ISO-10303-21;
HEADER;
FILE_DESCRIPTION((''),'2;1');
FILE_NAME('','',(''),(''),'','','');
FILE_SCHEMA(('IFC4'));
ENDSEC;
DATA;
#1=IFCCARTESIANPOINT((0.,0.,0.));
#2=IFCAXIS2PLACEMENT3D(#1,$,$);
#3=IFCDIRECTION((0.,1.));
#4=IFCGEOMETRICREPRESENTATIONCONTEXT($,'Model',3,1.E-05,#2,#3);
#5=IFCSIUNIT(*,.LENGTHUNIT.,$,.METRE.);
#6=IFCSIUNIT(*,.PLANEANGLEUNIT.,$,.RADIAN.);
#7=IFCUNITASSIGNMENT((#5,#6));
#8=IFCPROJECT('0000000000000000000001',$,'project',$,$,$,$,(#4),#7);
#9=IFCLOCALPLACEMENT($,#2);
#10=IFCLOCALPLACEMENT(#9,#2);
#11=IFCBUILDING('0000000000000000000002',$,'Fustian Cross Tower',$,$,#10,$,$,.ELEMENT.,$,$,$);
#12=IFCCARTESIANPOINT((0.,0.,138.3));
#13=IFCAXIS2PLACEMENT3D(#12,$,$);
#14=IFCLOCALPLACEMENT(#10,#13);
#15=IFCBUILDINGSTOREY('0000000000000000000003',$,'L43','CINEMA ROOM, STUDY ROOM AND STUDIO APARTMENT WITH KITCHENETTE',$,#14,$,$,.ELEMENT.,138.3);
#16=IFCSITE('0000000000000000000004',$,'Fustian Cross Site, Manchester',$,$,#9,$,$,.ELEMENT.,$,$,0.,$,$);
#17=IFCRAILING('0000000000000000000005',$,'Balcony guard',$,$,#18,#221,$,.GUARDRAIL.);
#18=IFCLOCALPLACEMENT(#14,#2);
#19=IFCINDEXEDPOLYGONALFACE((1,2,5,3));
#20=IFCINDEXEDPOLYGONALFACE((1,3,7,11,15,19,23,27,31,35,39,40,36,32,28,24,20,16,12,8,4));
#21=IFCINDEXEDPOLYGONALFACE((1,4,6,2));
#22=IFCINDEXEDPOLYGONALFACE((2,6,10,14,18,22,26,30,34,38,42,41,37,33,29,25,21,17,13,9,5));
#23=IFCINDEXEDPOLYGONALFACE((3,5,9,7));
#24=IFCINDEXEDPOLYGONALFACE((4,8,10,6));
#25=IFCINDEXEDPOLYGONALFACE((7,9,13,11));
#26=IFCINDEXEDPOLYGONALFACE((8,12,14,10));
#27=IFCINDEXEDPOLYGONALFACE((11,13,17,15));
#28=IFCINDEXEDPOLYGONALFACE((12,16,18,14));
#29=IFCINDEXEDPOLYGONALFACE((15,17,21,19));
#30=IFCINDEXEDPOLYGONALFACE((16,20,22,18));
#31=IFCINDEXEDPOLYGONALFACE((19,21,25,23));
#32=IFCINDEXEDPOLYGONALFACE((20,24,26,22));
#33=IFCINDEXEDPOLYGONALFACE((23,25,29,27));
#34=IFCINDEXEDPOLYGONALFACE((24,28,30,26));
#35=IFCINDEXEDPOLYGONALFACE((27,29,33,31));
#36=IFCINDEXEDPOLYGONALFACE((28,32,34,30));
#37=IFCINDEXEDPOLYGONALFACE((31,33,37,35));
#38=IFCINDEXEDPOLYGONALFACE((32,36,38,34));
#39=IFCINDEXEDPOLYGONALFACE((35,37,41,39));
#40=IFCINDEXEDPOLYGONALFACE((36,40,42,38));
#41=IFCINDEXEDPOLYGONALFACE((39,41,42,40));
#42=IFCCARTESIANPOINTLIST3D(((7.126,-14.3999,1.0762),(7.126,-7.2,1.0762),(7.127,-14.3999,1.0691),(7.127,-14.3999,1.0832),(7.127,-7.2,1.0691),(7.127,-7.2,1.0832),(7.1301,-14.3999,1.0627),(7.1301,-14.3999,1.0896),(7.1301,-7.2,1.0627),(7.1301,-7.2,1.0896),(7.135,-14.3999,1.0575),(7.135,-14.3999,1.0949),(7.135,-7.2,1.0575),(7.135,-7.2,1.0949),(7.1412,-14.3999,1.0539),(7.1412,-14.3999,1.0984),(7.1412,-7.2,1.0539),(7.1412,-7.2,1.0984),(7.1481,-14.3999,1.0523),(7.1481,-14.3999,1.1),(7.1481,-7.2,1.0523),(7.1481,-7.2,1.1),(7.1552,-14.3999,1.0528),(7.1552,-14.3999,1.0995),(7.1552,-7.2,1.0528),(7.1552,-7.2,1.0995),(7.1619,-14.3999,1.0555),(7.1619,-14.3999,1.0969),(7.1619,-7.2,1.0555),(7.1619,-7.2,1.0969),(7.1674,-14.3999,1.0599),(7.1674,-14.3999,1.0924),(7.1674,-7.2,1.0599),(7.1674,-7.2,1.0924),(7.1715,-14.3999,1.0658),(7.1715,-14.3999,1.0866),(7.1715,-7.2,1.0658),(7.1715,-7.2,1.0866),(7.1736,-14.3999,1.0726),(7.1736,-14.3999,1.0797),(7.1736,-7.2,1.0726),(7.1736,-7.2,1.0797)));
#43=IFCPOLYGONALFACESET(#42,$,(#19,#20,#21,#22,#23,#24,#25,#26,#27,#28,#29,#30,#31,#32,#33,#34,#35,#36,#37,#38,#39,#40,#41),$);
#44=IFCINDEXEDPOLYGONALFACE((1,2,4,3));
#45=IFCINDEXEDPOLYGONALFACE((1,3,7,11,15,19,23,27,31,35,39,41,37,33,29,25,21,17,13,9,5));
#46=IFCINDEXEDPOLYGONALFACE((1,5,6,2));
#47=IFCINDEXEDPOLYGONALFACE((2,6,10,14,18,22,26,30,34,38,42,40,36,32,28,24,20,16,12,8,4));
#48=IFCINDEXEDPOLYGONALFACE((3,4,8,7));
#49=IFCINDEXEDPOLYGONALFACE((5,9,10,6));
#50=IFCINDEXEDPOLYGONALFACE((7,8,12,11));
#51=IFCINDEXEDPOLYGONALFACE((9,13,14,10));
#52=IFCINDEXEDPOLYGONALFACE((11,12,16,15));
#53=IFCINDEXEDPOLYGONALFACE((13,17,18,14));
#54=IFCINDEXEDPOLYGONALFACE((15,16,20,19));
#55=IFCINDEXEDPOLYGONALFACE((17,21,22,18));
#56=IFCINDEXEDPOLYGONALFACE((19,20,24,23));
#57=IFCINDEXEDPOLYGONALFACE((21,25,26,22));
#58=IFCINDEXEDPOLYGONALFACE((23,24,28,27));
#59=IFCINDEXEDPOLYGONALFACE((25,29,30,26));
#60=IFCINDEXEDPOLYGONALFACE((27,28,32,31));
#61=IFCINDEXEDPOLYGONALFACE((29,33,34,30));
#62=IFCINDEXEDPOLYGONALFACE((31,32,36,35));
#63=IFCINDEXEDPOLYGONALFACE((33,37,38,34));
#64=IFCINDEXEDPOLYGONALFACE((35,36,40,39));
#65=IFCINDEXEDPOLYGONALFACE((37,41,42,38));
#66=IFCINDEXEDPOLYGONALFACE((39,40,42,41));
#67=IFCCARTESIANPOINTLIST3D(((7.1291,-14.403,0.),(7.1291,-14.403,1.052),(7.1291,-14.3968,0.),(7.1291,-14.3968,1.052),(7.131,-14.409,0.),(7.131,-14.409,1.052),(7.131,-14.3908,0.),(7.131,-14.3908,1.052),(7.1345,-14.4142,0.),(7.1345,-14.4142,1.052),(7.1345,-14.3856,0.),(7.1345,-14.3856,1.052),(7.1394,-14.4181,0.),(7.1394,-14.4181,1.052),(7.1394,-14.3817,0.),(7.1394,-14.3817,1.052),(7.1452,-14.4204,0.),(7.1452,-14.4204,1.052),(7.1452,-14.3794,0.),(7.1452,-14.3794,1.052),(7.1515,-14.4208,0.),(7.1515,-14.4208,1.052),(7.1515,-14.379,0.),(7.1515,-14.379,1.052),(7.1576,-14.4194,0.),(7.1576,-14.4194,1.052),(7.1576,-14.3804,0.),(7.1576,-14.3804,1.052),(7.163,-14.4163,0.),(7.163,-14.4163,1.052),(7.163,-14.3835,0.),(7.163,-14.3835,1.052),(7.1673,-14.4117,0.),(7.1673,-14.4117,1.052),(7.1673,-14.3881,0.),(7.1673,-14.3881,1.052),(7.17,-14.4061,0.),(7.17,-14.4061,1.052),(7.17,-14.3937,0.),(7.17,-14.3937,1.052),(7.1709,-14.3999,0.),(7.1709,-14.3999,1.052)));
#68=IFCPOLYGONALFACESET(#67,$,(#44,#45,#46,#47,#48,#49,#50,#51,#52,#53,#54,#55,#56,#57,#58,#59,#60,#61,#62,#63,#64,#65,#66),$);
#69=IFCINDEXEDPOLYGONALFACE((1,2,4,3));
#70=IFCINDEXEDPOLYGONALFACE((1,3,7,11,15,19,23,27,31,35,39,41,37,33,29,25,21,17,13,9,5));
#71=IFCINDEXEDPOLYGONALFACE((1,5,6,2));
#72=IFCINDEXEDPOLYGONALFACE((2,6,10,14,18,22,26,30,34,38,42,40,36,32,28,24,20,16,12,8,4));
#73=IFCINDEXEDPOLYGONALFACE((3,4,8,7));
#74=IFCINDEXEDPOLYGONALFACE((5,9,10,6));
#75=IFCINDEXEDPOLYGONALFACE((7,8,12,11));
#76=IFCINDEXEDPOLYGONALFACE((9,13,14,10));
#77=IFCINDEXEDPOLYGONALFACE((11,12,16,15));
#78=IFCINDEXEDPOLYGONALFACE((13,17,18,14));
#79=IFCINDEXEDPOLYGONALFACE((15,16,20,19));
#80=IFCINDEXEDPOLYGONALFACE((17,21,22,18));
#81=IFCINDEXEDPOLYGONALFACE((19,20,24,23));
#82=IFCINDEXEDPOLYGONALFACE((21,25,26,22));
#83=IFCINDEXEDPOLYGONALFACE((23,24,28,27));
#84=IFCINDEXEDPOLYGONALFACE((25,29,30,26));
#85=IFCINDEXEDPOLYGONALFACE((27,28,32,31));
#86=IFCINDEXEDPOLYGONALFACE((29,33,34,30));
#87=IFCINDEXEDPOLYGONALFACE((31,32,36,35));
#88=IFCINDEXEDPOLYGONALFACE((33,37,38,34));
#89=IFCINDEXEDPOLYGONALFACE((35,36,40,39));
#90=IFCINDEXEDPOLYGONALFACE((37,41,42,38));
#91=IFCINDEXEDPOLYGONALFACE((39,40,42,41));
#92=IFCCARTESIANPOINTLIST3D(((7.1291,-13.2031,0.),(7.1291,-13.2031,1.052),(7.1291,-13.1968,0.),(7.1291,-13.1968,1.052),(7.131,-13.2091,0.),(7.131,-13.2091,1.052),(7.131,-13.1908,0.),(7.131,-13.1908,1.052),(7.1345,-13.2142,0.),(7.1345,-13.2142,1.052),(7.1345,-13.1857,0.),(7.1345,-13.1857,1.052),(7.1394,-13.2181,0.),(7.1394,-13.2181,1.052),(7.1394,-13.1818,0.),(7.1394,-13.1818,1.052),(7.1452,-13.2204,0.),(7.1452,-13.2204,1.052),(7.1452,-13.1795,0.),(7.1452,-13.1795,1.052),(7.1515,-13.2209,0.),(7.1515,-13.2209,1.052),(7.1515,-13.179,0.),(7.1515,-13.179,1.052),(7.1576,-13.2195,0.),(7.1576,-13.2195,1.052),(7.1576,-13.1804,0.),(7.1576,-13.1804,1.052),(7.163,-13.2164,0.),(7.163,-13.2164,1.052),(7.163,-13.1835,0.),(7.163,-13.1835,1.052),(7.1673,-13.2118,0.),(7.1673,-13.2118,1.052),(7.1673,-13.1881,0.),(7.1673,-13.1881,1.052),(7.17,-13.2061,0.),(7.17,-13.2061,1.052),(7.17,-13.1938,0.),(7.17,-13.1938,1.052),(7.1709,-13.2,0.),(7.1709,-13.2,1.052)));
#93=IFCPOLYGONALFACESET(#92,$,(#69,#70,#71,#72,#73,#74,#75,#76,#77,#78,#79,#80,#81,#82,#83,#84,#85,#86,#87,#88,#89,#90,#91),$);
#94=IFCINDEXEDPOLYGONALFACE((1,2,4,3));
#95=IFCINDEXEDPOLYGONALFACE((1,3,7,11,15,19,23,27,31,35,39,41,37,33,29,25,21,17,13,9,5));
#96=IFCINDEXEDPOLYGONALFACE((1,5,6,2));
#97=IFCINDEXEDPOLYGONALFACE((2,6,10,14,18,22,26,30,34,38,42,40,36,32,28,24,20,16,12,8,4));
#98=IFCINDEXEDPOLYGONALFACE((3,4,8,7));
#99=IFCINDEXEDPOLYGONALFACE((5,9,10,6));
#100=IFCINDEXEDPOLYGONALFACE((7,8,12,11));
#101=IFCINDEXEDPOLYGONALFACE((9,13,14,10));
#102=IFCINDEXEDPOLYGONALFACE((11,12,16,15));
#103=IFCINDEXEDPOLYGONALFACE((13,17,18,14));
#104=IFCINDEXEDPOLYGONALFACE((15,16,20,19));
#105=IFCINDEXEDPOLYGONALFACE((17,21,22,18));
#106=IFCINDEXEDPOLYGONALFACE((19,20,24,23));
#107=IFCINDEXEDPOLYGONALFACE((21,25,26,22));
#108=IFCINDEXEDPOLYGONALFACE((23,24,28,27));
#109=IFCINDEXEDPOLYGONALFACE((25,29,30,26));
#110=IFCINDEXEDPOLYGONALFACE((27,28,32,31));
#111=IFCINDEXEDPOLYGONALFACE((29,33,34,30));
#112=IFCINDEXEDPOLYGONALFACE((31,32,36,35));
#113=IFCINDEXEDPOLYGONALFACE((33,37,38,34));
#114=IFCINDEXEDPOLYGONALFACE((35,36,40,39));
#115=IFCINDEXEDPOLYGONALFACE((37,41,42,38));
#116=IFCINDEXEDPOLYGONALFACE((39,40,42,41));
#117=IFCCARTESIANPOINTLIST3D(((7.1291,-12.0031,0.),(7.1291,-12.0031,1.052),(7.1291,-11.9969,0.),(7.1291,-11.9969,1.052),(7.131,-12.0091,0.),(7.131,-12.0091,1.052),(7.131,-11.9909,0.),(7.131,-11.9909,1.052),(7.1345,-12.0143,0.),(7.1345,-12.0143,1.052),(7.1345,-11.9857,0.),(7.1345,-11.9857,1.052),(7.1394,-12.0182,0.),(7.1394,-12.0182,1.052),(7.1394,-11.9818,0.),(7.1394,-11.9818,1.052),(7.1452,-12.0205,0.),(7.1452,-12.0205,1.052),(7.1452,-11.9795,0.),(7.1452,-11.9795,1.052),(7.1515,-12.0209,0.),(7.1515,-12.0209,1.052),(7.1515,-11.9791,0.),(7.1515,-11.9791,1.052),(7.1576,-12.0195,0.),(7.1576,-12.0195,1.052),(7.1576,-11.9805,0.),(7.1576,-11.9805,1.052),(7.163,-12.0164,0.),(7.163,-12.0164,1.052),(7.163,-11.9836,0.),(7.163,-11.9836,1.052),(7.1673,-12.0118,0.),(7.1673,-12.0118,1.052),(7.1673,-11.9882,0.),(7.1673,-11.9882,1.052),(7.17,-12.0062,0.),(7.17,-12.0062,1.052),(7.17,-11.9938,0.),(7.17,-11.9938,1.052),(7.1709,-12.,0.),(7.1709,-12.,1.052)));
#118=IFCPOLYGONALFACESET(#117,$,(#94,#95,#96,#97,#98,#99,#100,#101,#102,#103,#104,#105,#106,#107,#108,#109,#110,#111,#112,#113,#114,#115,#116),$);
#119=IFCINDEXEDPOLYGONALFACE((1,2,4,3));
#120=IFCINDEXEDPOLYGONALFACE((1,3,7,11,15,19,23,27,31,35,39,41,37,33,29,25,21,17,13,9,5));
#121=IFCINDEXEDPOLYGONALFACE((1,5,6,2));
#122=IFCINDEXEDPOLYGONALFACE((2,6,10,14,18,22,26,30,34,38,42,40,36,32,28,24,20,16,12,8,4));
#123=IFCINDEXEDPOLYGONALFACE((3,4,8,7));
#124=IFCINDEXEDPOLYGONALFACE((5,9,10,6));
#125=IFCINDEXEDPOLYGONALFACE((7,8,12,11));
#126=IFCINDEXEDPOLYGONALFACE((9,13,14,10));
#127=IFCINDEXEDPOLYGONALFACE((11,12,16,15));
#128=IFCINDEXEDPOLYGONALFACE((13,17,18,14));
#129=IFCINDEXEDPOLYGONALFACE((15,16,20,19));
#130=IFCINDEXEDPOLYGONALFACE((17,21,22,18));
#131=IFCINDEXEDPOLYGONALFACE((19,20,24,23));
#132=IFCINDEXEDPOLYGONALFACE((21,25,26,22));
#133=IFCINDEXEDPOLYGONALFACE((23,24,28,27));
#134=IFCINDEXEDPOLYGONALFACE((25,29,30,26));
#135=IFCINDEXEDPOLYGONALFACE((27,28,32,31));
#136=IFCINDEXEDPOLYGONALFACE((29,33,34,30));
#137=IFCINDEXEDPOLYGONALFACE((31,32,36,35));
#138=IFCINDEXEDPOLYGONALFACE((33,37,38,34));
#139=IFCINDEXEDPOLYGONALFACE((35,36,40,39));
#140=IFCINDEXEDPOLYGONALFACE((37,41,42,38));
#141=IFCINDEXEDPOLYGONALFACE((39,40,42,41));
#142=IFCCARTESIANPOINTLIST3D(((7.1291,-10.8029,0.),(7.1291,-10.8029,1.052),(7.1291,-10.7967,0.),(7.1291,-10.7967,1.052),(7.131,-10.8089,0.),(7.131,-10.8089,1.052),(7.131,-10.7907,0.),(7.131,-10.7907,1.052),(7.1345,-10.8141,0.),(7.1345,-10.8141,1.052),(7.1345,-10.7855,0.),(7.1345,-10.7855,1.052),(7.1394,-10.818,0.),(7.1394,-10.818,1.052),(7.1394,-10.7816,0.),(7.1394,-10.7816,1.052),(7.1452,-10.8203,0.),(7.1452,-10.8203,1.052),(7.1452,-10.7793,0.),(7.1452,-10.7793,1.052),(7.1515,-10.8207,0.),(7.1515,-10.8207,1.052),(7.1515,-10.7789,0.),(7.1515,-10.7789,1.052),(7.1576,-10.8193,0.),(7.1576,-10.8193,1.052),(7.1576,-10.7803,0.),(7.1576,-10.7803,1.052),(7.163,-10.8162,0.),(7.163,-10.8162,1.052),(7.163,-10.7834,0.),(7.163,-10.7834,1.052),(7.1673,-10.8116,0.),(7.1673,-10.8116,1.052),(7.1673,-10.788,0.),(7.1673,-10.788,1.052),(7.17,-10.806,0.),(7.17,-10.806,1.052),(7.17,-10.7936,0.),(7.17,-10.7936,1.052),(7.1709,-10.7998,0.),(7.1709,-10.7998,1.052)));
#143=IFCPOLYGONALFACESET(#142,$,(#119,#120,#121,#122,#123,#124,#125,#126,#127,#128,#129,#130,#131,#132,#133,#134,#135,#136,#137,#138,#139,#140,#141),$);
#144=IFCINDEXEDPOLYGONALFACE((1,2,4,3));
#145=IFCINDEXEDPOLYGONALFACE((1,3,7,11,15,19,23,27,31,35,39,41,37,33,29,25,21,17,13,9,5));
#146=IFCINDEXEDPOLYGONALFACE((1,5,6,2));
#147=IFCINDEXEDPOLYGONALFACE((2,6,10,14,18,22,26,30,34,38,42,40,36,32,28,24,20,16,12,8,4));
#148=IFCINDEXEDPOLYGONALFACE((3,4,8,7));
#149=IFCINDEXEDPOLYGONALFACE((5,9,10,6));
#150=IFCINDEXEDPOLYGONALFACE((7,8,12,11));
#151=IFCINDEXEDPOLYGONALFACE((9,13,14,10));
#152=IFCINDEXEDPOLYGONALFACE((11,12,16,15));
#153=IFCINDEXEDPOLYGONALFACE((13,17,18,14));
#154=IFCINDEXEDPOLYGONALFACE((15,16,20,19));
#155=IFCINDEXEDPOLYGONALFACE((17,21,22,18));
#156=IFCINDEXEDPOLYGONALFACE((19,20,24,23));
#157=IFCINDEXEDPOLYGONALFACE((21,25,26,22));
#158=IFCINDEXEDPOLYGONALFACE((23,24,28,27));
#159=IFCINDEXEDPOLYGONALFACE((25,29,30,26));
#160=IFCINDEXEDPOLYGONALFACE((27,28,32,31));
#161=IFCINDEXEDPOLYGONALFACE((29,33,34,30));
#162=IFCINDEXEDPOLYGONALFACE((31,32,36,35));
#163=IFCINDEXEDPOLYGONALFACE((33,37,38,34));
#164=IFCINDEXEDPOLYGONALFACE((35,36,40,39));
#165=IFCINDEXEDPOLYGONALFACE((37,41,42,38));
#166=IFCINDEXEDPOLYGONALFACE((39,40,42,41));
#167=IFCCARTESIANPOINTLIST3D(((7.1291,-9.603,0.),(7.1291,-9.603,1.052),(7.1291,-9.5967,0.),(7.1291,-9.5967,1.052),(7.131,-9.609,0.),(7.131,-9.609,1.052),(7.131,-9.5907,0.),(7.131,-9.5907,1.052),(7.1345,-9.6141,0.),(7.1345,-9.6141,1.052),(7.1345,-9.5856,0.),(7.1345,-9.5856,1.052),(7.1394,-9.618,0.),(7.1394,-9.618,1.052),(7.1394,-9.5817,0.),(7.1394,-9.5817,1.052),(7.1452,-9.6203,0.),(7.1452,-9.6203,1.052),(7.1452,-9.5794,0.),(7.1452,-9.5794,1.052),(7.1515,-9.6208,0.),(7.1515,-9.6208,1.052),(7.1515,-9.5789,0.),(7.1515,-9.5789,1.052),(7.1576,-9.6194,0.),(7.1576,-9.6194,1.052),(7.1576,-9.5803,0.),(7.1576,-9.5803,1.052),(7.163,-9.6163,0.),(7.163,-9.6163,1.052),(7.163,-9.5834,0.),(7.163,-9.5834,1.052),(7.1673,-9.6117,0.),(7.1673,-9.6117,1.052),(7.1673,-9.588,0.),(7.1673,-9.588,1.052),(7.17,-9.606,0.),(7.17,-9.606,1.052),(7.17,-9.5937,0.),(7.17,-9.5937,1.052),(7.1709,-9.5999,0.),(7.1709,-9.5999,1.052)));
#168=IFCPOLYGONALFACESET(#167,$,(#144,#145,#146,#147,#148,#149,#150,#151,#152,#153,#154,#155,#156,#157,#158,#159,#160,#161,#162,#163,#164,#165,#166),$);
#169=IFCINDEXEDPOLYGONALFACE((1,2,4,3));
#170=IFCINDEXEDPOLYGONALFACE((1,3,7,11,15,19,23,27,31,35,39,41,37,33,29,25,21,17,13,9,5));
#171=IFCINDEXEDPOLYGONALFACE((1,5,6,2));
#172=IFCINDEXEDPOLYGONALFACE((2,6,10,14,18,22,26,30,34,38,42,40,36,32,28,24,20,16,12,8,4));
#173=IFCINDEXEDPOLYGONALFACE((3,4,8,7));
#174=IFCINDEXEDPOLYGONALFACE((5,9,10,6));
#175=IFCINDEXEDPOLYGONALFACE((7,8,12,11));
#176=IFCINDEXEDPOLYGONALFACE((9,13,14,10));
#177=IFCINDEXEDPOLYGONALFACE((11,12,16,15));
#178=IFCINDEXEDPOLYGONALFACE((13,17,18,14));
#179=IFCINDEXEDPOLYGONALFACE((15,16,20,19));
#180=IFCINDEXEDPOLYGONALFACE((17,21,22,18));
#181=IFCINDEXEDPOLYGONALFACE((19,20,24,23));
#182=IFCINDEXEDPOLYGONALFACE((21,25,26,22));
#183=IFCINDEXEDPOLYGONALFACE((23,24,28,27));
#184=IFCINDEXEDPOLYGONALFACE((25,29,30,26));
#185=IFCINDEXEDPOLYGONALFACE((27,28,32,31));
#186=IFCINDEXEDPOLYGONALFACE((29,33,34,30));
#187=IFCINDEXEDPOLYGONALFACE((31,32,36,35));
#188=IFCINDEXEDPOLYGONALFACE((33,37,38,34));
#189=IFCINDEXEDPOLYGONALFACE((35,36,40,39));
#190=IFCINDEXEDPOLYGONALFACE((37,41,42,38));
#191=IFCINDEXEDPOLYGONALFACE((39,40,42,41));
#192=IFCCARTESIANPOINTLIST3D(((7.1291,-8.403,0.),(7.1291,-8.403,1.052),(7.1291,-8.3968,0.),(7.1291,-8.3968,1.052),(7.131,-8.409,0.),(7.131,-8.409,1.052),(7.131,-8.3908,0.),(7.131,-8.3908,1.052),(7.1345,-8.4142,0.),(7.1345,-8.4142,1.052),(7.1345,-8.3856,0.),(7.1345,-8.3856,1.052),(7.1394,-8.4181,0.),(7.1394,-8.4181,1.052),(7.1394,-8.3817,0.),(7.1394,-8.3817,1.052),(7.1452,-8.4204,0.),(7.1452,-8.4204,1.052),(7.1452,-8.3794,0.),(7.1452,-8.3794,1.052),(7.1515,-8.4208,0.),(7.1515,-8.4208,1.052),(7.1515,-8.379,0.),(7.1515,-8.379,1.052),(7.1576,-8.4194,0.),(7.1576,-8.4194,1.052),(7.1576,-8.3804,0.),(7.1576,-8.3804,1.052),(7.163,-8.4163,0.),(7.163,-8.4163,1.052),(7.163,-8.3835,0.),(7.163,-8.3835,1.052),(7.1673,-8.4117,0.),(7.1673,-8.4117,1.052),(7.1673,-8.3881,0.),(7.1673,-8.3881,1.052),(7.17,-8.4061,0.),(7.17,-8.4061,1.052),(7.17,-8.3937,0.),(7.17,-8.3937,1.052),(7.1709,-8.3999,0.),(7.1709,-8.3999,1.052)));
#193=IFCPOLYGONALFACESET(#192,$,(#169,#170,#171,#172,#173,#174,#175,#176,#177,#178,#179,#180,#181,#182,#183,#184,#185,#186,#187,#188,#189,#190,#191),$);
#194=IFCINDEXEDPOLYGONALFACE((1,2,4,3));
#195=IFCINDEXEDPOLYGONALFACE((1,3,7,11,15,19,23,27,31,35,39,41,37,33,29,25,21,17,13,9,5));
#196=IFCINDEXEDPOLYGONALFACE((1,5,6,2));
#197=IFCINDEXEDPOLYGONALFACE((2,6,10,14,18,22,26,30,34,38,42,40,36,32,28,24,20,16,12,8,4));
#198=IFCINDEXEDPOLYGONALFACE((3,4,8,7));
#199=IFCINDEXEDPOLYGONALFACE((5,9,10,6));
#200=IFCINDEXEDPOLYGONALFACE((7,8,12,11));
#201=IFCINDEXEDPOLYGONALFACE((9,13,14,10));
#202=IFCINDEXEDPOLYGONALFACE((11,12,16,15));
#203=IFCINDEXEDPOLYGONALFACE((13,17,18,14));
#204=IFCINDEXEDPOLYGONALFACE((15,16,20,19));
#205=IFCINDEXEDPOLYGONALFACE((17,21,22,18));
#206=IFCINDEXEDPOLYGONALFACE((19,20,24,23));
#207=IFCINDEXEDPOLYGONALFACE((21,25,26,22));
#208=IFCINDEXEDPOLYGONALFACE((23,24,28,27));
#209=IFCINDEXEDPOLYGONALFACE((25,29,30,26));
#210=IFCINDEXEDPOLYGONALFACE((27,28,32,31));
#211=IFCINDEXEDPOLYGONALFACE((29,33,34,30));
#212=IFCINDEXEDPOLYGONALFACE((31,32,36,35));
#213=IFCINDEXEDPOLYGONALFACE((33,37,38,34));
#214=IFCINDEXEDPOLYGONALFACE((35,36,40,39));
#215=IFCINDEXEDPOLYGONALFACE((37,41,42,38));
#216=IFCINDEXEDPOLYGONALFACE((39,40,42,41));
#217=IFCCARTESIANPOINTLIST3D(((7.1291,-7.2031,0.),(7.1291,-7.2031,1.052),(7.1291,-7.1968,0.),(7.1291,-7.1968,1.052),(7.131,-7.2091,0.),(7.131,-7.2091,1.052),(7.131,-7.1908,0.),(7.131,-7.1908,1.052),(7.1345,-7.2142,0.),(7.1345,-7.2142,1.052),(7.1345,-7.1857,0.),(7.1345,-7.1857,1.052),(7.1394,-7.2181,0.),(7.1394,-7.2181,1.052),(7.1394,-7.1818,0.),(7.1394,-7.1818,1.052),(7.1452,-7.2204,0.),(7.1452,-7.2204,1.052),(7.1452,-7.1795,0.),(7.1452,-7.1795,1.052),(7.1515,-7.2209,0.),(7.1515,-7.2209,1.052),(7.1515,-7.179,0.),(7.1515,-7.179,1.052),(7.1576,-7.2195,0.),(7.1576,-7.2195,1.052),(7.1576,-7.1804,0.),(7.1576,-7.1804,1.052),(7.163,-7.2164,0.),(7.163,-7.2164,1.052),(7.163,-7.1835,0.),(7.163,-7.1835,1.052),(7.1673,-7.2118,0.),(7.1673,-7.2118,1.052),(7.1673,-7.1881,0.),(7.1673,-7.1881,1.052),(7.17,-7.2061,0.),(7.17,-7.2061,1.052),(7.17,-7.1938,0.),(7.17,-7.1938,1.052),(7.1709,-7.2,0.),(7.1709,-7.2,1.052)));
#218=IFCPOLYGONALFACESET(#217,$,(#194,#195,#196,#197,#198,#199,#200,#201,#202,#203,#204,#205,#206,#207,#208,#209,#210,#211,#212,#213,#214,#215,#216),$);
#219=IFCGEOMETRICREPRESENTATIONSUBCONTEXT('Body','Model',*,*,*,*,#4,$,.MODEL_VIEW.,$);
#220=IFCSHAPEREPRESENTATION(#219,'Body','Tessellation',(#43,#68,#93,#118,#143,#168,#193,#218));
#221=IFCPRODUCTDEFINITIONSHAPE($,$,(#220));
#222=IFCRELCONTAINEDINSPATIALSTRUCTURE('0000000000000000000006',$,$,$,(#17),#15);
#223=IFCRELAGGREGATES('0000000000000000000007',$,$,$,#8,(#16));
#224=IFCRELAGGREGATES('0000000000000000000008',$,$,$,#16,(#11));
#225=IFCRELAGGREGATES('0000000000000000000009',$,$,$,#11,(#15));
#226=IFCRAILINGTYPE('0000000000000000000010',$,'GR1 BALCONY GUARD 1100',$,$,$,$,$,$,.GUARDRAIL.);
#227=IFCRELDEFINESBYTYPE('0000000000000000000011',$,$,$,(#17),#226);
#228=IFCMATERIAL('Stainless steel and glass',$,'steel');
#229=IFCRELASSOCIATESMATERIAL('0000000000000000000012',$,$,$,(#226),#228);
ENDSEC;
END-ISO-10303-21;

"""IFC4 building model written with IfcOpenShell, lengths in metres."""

from ifc_helpers import new_model, si_unit, direction, frame, origin, origin_2d, place, context, subcontext, project, spatial, circle, extrude, material, type_object, element, save


model = new_model("IFC4")

# Units and contexts
model_context = context("Model", 3, precision=1e-05, world=origin(), true_north=direction((0.0, 1.0)))
body_context = subcontext(model_context, "Body", "Model", "MODEL_VIEW")
ifc_project = project(units=[si_unit("LENGTHUNIT", "METRE"), si_unit("PLANEANGLEUNIT", "RADIAN")], contexts=[model_context])

# Site, building, storey
site_placement = place(None, origin())
site = spatial("IfcSite", under=ifc_project, at=site_placement, Name="Fustian Cross Site, Manchester", CompositionType="ELEMENT", RefElevation=0.0)
building_placement = place(site_placement, origin())
building = spatial("IfcBuilding", under=site, at=building_placement, Name="Fustian Cross Tower", CompositionType="ELEMENT")
storey_placement = place(building_placement, frame((0.0, 0.0, 138.3)))
storey = spatial("IfcBuildingStorey", under=building, at=storey_placement, Name="L43", Description="CINEMA ROOM, STUDY ROOM AND STUDIO APARTMENT WITH KITCHENETTE", CompositionType="ELEMENT", Elevation=138.3)

# Railing
ifc_material_1 = material(Name="Stainless steel and glass", Category="steel")
railing_type = type_object("IfcRailingType", Name="GR1 BALCONY GUARD 1100", PredefinedType="GUARDRAIL", material=ifc_material_1)
railing_placement = place(storey_placement, frame((7.1499, -14.3999, 0.0)))
element("IfcRailing", 1, at=railing_placement, inside=storey, type_object=railing_type, Name="Balcony guard", PredefinedType="GUARDRAIL", context=body_context, shape_type="SweptSolid", body=[
    extrude(circle(Radius=0.0239, at=origin_2d()), frame((0.0, 0.0, 1.0762), z_axis=(0.0, 1.0, 0.0), x_axis=(-1.0, 0.0, 0.0)), (0.0, 0.0, 1.0), 7.2),
    extrude(circle(Radius=0.021, at=origin_2d()), origin(), (0.0, 0.0, 1.0), 1.052),
    extrude(circle(Radius=0.021, at=origin_2d()), frame((0.0, 1.2, 0.0)), (0.0, 0.0, 1.0), 1.052),
    extrude(circle(Radius=0.021, at=origin_2d()), frame((0.0, 2.3999, 0.0)), (0.0, 0.0, 1.0), 1.052),
    extrude(circle(Radius=0.021, at=origin_2d()), frame((0.0, 3.6001, 0.0)), (0.0, 0.0, 1.0), 1.052),
    extrude(circle(Radius=0.021, at=origin_2d()), frame((0.0, 4.8, 0.0)), (0.0, 0.0, 1.0), 1.052),
    extrude(circle(Radius=0.021, at=origin_2d()), frame((0.0, 6.0, 0.0)), (0.0, 0.0, 1.0), 1.052),
    extrude(circle(Radius=0.021, at=origin_2d()), frame((0.0, 7.2, 0.0)), (0.0, 0.0, 1.0), 1.052),
])

save(model, "model.ifc")
